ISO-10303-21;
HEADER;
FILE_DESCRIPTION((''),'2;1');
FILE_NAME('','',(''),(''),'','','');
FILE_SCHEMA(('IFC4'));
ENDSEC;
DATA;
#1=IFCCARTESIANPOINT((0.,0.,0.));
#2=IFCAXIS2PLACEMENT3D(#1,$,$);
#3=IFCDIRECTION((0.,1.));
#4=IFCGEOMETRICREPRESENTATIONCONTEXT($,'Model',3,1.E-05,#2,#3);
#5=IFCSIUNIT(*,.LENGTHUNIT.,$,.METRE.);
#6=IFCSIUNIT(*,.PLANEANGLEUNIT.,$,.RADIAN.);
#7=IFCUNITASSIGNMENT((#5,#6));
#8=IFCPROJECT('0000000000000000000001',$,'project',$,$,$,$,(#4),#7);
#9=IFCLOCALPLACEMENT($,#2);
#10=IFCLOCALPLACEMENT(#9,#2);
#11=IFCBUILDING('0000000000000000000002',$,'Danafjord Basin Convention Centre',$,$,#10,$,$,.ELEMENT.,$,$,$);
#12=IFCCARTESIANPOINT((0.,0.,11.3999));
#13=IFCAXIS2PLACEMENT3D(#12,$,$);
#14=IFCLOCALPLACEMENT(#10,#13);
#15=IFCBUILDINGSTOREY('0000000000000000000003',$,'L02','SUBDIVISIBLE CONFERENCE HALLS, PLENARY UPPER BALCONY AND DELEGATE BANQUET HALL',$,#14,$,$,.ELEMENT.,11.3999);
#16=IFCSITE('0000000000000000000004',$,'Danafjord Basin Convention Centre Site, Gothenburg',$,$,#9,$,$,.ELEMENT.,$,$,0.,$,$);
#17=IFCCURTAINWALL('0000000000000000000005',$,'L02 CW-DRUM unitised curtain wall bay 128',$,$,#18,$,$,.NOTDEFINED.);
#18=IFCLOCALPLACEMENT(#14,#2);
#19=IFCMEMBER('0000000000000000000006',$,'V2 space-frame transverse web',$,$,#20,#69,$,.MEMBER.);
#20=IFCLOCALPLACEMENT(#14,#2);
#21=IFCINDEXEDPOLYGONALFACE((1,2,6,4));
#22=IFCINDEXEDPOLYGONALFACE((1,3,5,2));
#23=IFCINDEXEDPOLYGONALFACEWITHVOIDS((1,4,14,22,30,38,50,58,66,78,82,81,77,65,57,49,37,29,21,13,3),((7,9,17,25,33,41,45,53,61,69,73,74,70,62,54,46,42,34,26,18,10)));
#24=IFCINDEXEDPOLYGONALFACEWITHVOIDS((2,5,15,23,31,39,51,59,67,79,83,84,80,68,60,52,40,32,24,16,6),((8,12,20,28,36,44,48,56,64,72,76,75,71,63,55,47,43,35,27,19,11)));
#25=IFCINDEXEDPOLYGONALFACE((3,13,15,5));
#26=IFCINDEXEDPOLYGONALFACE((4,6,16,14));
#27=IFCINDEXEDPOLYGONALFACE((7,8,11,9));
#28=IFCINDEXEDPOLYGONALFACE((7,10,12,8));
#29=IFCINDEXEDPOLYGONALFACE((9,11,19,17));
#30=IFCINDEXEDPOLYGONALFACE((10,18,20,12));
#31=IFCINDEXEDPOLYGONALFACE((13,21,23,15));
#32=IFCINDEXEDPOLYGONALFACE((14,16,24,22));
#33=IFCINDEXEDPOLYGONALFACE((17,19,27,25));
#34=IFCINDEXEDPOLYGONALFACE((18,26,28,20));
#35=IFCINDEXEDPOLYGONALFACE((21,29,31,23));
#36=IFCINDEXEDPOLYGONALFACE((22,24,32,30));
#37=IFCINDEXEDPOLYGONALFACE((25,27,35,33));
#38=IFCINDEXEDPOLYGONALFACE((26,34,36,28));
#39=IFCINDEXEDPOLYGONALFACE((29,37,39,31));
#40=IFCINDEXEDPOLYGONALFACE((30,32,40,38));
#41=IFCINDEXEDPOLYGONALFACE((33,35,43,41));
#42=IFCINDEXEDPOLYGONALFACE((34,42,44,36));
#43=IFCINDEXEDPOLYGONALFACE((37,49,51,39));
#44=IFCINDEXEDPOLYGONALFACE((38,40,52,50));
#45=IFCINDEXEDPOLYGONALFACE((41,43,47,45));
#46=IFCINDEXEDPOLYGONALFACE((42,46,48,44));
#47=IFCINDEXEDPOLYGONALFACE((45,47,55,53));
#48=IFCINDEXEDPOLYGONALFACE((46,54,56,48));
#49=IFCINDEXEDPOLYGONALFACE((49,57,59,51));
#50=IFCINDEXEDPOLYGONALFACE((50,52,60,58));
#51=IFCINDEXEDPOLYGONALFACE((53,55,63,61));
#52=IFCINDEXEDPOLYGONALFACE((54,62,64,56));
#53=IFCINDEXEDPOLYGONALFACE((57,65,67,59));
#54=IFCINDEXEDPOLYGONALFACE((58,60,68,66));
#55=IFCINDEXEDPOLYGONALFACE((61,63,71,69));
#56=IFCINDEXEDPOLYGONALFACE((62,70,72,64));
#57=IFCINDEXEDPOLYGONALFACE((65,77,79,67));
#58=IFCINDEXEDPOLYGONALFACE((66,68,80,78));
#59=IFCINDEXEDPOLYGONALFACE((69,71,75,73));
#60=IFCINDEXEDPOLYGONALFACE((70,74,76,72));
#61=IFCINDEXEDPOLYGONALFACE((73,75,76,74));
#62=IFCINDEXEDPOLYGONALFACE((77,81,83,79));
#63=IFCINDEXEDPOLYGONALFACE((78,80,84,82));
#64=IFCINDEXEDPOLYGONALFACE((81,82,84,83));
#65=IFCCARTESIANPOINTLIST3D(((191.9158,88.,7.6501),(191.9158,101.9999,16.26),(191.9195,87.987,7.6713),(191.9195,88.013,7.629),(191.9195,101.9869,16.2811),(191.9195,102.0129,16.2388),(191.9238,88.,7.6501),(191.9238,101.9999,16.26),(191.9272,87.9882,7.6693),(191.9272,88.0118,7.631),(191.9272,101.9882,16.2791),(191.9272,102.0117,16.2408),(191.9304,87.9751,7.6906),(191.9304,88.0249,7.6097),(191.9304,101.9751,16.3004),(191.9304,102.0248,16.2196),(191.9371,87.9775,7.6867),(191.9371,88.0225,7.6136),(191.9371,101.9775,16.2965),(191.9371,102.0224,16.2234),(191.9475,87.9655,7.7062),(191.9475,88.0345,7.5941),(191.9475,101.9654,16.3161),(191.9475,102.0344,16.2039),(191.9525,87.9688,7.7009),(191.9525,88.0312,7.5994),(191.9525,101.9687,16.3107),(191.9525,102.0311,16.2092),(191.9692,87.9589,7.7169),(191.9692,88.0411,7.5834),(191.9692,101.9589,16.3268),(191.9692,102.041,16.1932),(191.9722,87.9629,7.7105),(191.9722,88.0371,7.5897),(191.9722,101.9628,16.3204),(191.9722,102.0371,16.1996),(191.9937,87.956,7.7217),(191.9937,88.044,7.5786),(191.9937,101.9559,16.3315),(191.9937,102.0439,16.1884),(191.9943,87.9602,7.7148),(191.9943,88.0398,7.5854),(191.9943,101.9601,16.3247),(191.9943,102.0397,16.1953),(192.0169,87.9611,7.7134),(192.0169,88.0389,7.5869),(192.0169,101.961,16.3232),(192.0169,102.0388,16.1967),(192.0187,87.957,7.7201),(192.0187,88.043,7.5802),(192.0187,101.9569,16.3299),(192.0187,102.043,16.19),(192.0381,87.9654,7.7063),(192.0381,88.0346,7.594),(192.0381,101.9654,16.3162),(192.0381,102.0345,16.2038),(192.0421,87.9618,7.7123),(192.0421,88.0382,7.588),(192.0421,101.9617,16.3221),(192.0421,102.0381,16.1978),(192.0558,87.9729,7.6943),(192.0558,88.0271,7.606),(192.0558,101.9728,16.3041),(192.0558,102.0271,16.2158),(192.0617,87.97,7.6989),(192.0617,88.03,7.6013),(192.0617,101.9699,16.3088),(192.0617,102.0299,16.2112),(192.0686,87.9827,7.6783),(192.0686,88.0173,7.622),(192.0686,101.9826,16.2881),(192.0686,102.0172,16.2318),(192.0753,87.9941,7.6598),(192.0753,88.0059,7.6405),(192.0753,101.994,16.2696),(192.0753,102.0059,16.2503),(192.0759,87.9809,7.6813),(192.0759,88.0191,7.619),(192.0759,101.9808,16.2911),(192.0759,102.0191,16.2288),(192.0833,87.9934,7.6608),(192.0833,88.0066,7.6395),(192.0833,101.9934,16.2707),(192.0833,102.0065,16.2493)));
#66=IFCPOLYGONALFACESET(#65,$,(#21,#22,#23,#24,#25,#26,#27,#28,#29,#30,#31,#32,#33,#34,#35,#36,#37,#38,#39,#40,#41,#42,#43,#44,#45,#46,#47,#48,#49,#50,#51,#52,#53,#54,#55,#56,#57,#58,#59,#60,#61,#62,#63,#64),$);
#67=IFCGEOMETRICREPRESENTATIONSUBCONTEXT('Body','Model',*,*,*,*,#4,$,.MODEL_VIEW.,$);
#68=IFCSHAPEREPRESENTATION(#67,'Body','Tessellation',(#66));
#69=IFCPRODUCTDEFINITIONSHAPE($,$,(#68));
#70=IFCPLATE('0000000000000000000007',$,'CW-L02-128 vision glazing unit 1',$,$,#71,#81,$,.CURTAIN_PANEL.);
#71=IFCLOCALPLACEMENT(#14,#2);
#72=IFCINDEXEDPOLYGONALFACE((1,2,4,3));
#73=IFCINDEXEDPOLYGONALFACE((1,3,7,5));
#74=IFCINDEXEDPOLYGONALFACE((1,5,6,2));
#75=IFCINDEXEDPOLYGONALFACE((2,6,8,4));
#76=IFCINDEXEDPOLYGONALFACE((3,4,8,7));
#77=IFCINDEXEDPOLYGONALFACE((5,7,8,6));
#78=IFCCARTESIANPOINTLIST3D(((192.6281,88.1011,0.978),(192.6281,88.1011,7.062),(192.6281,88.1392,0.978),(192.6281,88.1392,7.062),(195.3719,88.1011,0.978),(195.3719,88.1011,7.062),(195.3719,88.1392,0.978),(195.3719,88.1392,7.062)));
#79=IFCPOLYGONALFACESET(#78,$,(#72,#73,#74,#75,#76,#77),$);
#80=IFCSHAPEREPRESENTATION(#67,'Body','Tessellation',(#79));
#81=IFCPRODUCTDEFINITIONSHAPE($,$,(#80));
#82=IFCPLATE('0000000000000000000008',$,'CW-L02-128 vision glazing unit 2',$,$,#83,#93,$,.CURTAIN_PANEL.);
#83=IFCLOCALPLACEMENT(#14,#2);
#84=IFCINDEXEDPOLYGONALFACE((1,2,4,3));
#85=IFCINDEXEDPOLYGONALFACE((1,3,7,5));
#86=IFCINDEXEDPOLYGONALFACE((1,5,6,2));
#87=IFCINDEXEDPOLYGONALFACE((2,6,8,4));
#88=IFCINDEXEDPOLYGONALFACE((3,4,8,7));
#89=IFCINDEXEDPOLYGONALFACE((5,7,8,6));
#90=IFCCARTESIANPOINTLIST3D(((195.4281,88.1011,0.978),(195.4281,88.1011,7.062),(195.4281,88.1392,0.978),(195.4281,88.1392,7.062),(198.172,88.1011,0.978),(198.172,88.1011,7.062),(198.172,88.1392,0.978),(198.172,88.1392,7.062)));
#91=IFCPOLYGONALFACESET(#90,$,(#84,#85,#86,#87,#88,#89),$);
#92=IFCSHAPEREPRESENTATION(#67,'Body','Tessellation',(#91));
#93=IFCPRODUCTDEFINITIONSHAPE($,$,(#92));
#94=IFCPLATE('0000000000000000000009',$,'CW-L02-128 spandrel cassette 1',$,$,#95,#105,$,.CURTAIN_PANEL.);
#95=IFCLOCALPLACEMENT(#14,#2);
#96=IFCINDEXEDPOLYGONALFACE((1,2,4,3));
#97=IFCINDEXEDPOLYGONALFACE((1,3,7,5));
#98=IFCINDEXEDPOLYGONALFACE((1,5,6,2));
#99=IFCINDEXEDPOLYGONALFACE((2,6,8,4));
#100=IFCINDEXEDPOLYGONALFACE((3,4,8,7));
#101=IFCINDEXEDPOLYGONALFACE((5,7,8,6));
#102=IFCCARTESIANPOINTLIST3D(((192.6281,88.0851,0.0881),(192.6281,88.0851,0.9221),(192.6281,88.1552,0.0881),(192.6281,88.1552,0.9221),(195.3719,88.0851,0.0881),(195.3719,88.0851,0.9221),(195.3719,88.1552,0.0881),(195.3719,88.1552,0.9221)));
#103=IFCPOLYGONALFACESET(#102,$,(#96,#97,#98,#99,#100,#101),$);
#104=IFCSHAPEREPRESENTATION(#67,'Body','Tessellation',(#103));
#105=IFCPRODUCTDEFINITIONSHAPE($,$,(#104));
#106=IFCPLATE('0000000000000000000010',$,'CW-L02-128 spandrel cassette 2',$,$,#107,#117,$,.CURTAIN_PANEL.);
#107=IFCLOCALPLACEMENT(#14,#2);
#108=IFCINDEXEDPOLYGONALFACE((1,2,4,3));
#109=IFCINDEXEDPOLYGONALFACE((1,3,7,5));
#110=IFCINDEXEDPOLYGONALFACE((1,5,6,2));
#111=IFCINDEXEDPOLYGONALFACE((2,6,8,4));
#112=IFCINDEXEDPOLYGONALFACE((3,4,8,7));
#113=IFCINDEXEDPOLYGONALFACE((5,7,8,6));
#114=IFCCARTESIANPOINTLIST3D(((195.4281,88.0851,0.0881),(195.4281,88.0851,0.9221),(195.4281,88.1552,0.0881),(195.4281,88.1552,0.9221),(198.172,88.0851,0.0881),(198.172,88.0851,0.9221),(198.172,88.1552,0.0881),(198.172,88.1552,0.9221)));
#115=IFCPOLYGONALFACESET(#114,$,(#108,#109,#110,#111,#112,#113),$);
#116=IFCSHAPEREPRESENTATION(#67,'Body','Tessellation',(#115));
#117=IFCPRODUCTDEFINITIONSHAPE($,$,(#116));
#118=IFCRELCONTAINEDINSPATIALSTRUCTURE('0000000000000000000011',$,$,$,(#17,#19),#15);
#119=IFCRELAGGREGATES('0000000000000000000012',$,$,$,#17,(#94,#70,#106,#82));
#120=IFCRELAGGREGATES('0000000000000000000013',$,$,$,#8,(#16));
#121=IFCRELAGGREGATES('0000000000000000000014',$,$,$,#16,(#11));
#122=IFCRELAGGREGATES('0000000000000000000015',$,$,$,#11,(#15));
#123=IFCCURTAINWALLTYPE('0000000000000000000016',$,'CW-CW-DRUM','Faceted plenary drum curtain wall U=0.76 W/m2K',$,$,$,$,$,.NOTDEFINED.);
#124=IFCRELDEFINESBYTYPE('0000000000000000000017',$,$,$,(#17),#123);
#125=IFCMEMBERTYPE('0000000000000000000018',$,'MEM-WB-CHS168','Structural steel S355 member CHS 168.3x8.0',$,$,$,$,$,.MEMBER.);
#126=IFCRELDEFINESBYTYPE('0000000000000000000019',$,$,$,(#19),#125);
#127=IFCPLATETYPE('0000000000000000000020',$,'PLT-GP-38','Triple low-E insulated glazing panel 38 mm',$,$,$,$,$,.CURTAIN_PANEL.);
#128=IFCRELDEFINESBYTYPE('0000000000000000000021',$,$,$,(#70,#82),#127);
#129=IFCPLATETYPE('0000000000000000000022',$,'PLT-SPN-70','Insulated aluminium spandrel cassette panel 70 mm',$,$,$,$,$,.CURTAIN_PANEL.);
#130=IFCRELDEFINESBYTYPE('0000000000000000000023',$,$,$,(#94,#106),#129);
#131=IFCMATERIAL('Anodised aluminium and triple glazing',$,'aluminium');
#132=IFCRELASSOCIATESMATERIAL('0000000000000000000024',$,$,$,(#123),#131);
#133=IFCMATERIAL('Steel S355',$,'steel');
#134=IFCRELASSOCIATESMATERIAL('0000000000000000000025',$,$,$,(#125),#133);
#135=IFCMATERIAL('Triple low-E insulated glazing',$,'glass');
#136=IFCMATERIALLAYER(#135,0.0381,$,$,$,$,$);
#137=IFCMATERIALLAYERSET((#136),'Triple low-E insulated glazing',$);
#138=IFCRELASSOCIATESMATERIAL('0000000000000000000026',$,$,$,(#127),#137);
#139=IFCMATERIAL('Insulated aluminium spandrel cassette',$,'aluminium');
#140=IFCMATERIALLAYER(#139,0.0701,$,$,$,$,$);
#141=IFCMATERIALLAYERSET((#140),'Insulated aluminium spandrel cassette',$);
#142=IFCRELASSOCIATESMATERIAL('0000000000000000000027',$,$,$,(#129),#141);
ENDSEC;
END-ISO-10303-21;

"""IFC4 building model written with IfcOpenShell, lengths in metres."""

from ifc_helpers import new_model, si_unit, direction, frame, origin, origin_2d, place, context, subcontext, project, spatial, rectangle, hollow_circle, extrude, material, layer, layer_set, material_profile, profile_set, type_object, element, aggregate, save


model = new_model("IFC4")

# Units and contexts
model_context = context("Model", 3, precision=1e-05, world=origin(), true_north=direction((0.0, 1.0)))
body_context = subcontext(model_context, "Body", "Model", "MODEL_VIEW")
ifc_project = project(units=[si_unit("LENGTHUNIT", "METRE"), si_unit("PLANEANGLEUNIT", "RADIAN")], contexts=[model_context])

# Site, building, storey
site_placement = place(None, origin())
site = spatial("IfcSite", under=ifc_project, at=site_placement, Name="Danafjord Basin Convention Centre Site, Gothenburg", CompositionType="ELEMENT", RefElevation=0.0)
building_placement = place(site_placement, origin())
building = spatial("IfcBuilding", under=site, at=building_placement, Name="Danafjord Basin Convention Centre", CompositionType="ELEMENT")
storey_placement = place(building_placement, frame((0.0, 0.0, 11.3999)))
storey = spatial("IfcBuildingStorey", under=building, at=storey_placement, Name="L02", Description="SUBDIVISIBLE CONFERENCE HALLS, PLENARY UPPER BALCONY AND DELEGATE BANQUET HALL", CompositionType="ELEMENT", Elevation=11.3999)

# Shared definitions
ifc_material_1 = material(Name="Steel S355", Category="steel")

# Curtain wall
ifc_material_2 = material(Name="Anodised aluminium and triple glazing", Category="aluminium")
curtain_wall_type = type_object("IfcCurtainWallType", Name="CW-CW-DRUM", Description="Faceted plenary drum curtain wall U=0.76 W/m2K", PredefinedType="NOTDEFINED", material=ifc_material_2)
curtain_wall_placement = place(storey_placement, origin())
curtain_wall = element("IfcCurtainWall", 1, at=curtain_wall_placement, inside=storey, type_object=curtain_wall_type, Name="L02 CW-DRUM unitised curtain wall bay 128", PredefinedType="NOTDEFINED")

# Member
ifc_material_profile_1 = material_profile(ifc_material_1, hollow_circle(Radius=0.0842, WallThickness=0.0081, at=origin_2d()), Name="CHS 168.3x8.0")
ifc_profile_set_1 = profile_set([ifc_material_profile_1], Name="Steel S355")
member_type_1 = type_object("IfcMemberType", Name="MEM-WB-CHS168", Description="Structural steel S355 member CHS 168.3x8.0", PredefinedType="MEMBER", material=ifc_profile_set_1)
member_1_placement = place(storey_placement, frame((192.0, 88.0, 7.6501), z_axis=(0.0, 0.851808, 0.523854), x_axis=(-1.0, 0.0, 0.0)))
element("IfcMember", 2, at=member_1_placement, inside=storey, type_object=member_type_1, Name="V2 space-frame transverse web", PredefinedType="MEMBER", context=body_context, shape_type="SweptSolid", body=[
    extrude(hollow_circle(Radius=0.0842, WallThickness=0.0081, at=origin_2d()), origin(), (0.0, 0.0, 1.0), 16.4355),
])

# Plates
ifc_material_3 = material(Name="Triple low-E insulated glazing", Category="glass")
ifc_layer_1 = layer(ifc_material_3, 0.0381)
ifc_layer_set_1 = layer_set([ifc_layer_1], Name="Triple low-E insulated glazing")
plate_type_1 = type_object("IfcPlateType", Name="PLT-GP-38", Description="Triple low-E insulated glazing panel 38 mm", PredefinedType="CURTAIN_PANEL", material=ifc_layer_set_1)
plate_1_placement = place(storey_placement, frame((194.0, 88.1201, 0.978), z_axis=(0.0, 0.0, 1.0), x_axis=(1.0, 0.0, 0.0)))
plate_1 = element("IfcPlate", 3, at=plate_1_placement, type_object=plate_type_1, Name="CW-L02-128 vision glazing unit 1", PredefinedType="CURTAIN_PANEL", context=body_context, shape_type="SweptSolid", body=[
    extrude(rectangle(XDim=2.7439, YDim=0.0381, at=origin_2d()), origin(), (0.0, 0.0, 1.0), 6.084),
])
plate_2_placement = place(storey_placement, frame((196.8, 88.1201, 0.978), z_axis=(0.0, 0.0, 1.0), x_axis=(1.0, 0.0, 0.0)))
plate_2 = element("IfcPlate", 4, at=plate_2_placement, type_object=plate_type_1, Name="CW-L02-128 vision glazing unit 2", PredefinedType="CURTAIN_PANEL", context=body_context, shape_type="SweptSolid", body=[
    extrude(rectangle(XDim=2.7439, YDim=0.0381, at=origin_2d()), origin(), (0.0, 0.0, 1.0), 6.084),
])
ifc_material_4 = material(Name="Insulated aluminium spandrel cassette", Category="aluminium")
ifc_layer_2 = layer(ifc_material_4, 0.0701)
ifc_layer_set_2 = layer_set([ifc_layer_2], Name="Insulated aluminium spandrel cassette")
plate_type_2 = type_object("IfcPlateType", Name="PLT-SPN-70", Description="Insulated aluminium spandrel cassette panel 70 mm", PredefinedType="CURTAIN_PANEL", material=ifc_layer_set_2)
plate_3_placement = place(storey_placement, frame((194.0, 88.1201, 0.0881), z_axis=(0.0, 0.0, 1.0), x_axis=(1.0, 0.0, 0.0)))
plate_3 = element("IfcPlate", 5, at=plate_3_placement, type_object=plate_type_2, Name="CW-L02-128 spandrel cassette 1", PredefinedType="CURTAIN_PANEL", context=body_context, shape_type="SweptSolid", body=[
    extrude(rectangle(XDim=2.7439, YDim=0.0701, at=origin_2d()), origin(), (0.0, 0.0, 1.0), 0.834),
])
plate_4_placement = place(storey_placement, frame((196.8, 88.1201, 0.0881), z_axis=(0.0, 0.0, 1.0), x_axis=(1.0, 0.0, 0.0)))
plate_4 = element("IfcPlate", 6, at=plate_4_placement, type_object=plate_type_2, Name="CW-L02-128 spandrel cassette 2", PredefinedType="CURTAIN_PANEL", context=body_context, shape_type="SweptSolid", body=[
    extrude(rectangle(XDim=2.7439, YDim=0.0701, at=origin_2d()), origin(), (0.0, 0.0, 1.0), 0.834),
])
aggregate(curtain_wall, [plate_3, plate_1, plate_4, plate_2])

save(model, "model.ifc")
